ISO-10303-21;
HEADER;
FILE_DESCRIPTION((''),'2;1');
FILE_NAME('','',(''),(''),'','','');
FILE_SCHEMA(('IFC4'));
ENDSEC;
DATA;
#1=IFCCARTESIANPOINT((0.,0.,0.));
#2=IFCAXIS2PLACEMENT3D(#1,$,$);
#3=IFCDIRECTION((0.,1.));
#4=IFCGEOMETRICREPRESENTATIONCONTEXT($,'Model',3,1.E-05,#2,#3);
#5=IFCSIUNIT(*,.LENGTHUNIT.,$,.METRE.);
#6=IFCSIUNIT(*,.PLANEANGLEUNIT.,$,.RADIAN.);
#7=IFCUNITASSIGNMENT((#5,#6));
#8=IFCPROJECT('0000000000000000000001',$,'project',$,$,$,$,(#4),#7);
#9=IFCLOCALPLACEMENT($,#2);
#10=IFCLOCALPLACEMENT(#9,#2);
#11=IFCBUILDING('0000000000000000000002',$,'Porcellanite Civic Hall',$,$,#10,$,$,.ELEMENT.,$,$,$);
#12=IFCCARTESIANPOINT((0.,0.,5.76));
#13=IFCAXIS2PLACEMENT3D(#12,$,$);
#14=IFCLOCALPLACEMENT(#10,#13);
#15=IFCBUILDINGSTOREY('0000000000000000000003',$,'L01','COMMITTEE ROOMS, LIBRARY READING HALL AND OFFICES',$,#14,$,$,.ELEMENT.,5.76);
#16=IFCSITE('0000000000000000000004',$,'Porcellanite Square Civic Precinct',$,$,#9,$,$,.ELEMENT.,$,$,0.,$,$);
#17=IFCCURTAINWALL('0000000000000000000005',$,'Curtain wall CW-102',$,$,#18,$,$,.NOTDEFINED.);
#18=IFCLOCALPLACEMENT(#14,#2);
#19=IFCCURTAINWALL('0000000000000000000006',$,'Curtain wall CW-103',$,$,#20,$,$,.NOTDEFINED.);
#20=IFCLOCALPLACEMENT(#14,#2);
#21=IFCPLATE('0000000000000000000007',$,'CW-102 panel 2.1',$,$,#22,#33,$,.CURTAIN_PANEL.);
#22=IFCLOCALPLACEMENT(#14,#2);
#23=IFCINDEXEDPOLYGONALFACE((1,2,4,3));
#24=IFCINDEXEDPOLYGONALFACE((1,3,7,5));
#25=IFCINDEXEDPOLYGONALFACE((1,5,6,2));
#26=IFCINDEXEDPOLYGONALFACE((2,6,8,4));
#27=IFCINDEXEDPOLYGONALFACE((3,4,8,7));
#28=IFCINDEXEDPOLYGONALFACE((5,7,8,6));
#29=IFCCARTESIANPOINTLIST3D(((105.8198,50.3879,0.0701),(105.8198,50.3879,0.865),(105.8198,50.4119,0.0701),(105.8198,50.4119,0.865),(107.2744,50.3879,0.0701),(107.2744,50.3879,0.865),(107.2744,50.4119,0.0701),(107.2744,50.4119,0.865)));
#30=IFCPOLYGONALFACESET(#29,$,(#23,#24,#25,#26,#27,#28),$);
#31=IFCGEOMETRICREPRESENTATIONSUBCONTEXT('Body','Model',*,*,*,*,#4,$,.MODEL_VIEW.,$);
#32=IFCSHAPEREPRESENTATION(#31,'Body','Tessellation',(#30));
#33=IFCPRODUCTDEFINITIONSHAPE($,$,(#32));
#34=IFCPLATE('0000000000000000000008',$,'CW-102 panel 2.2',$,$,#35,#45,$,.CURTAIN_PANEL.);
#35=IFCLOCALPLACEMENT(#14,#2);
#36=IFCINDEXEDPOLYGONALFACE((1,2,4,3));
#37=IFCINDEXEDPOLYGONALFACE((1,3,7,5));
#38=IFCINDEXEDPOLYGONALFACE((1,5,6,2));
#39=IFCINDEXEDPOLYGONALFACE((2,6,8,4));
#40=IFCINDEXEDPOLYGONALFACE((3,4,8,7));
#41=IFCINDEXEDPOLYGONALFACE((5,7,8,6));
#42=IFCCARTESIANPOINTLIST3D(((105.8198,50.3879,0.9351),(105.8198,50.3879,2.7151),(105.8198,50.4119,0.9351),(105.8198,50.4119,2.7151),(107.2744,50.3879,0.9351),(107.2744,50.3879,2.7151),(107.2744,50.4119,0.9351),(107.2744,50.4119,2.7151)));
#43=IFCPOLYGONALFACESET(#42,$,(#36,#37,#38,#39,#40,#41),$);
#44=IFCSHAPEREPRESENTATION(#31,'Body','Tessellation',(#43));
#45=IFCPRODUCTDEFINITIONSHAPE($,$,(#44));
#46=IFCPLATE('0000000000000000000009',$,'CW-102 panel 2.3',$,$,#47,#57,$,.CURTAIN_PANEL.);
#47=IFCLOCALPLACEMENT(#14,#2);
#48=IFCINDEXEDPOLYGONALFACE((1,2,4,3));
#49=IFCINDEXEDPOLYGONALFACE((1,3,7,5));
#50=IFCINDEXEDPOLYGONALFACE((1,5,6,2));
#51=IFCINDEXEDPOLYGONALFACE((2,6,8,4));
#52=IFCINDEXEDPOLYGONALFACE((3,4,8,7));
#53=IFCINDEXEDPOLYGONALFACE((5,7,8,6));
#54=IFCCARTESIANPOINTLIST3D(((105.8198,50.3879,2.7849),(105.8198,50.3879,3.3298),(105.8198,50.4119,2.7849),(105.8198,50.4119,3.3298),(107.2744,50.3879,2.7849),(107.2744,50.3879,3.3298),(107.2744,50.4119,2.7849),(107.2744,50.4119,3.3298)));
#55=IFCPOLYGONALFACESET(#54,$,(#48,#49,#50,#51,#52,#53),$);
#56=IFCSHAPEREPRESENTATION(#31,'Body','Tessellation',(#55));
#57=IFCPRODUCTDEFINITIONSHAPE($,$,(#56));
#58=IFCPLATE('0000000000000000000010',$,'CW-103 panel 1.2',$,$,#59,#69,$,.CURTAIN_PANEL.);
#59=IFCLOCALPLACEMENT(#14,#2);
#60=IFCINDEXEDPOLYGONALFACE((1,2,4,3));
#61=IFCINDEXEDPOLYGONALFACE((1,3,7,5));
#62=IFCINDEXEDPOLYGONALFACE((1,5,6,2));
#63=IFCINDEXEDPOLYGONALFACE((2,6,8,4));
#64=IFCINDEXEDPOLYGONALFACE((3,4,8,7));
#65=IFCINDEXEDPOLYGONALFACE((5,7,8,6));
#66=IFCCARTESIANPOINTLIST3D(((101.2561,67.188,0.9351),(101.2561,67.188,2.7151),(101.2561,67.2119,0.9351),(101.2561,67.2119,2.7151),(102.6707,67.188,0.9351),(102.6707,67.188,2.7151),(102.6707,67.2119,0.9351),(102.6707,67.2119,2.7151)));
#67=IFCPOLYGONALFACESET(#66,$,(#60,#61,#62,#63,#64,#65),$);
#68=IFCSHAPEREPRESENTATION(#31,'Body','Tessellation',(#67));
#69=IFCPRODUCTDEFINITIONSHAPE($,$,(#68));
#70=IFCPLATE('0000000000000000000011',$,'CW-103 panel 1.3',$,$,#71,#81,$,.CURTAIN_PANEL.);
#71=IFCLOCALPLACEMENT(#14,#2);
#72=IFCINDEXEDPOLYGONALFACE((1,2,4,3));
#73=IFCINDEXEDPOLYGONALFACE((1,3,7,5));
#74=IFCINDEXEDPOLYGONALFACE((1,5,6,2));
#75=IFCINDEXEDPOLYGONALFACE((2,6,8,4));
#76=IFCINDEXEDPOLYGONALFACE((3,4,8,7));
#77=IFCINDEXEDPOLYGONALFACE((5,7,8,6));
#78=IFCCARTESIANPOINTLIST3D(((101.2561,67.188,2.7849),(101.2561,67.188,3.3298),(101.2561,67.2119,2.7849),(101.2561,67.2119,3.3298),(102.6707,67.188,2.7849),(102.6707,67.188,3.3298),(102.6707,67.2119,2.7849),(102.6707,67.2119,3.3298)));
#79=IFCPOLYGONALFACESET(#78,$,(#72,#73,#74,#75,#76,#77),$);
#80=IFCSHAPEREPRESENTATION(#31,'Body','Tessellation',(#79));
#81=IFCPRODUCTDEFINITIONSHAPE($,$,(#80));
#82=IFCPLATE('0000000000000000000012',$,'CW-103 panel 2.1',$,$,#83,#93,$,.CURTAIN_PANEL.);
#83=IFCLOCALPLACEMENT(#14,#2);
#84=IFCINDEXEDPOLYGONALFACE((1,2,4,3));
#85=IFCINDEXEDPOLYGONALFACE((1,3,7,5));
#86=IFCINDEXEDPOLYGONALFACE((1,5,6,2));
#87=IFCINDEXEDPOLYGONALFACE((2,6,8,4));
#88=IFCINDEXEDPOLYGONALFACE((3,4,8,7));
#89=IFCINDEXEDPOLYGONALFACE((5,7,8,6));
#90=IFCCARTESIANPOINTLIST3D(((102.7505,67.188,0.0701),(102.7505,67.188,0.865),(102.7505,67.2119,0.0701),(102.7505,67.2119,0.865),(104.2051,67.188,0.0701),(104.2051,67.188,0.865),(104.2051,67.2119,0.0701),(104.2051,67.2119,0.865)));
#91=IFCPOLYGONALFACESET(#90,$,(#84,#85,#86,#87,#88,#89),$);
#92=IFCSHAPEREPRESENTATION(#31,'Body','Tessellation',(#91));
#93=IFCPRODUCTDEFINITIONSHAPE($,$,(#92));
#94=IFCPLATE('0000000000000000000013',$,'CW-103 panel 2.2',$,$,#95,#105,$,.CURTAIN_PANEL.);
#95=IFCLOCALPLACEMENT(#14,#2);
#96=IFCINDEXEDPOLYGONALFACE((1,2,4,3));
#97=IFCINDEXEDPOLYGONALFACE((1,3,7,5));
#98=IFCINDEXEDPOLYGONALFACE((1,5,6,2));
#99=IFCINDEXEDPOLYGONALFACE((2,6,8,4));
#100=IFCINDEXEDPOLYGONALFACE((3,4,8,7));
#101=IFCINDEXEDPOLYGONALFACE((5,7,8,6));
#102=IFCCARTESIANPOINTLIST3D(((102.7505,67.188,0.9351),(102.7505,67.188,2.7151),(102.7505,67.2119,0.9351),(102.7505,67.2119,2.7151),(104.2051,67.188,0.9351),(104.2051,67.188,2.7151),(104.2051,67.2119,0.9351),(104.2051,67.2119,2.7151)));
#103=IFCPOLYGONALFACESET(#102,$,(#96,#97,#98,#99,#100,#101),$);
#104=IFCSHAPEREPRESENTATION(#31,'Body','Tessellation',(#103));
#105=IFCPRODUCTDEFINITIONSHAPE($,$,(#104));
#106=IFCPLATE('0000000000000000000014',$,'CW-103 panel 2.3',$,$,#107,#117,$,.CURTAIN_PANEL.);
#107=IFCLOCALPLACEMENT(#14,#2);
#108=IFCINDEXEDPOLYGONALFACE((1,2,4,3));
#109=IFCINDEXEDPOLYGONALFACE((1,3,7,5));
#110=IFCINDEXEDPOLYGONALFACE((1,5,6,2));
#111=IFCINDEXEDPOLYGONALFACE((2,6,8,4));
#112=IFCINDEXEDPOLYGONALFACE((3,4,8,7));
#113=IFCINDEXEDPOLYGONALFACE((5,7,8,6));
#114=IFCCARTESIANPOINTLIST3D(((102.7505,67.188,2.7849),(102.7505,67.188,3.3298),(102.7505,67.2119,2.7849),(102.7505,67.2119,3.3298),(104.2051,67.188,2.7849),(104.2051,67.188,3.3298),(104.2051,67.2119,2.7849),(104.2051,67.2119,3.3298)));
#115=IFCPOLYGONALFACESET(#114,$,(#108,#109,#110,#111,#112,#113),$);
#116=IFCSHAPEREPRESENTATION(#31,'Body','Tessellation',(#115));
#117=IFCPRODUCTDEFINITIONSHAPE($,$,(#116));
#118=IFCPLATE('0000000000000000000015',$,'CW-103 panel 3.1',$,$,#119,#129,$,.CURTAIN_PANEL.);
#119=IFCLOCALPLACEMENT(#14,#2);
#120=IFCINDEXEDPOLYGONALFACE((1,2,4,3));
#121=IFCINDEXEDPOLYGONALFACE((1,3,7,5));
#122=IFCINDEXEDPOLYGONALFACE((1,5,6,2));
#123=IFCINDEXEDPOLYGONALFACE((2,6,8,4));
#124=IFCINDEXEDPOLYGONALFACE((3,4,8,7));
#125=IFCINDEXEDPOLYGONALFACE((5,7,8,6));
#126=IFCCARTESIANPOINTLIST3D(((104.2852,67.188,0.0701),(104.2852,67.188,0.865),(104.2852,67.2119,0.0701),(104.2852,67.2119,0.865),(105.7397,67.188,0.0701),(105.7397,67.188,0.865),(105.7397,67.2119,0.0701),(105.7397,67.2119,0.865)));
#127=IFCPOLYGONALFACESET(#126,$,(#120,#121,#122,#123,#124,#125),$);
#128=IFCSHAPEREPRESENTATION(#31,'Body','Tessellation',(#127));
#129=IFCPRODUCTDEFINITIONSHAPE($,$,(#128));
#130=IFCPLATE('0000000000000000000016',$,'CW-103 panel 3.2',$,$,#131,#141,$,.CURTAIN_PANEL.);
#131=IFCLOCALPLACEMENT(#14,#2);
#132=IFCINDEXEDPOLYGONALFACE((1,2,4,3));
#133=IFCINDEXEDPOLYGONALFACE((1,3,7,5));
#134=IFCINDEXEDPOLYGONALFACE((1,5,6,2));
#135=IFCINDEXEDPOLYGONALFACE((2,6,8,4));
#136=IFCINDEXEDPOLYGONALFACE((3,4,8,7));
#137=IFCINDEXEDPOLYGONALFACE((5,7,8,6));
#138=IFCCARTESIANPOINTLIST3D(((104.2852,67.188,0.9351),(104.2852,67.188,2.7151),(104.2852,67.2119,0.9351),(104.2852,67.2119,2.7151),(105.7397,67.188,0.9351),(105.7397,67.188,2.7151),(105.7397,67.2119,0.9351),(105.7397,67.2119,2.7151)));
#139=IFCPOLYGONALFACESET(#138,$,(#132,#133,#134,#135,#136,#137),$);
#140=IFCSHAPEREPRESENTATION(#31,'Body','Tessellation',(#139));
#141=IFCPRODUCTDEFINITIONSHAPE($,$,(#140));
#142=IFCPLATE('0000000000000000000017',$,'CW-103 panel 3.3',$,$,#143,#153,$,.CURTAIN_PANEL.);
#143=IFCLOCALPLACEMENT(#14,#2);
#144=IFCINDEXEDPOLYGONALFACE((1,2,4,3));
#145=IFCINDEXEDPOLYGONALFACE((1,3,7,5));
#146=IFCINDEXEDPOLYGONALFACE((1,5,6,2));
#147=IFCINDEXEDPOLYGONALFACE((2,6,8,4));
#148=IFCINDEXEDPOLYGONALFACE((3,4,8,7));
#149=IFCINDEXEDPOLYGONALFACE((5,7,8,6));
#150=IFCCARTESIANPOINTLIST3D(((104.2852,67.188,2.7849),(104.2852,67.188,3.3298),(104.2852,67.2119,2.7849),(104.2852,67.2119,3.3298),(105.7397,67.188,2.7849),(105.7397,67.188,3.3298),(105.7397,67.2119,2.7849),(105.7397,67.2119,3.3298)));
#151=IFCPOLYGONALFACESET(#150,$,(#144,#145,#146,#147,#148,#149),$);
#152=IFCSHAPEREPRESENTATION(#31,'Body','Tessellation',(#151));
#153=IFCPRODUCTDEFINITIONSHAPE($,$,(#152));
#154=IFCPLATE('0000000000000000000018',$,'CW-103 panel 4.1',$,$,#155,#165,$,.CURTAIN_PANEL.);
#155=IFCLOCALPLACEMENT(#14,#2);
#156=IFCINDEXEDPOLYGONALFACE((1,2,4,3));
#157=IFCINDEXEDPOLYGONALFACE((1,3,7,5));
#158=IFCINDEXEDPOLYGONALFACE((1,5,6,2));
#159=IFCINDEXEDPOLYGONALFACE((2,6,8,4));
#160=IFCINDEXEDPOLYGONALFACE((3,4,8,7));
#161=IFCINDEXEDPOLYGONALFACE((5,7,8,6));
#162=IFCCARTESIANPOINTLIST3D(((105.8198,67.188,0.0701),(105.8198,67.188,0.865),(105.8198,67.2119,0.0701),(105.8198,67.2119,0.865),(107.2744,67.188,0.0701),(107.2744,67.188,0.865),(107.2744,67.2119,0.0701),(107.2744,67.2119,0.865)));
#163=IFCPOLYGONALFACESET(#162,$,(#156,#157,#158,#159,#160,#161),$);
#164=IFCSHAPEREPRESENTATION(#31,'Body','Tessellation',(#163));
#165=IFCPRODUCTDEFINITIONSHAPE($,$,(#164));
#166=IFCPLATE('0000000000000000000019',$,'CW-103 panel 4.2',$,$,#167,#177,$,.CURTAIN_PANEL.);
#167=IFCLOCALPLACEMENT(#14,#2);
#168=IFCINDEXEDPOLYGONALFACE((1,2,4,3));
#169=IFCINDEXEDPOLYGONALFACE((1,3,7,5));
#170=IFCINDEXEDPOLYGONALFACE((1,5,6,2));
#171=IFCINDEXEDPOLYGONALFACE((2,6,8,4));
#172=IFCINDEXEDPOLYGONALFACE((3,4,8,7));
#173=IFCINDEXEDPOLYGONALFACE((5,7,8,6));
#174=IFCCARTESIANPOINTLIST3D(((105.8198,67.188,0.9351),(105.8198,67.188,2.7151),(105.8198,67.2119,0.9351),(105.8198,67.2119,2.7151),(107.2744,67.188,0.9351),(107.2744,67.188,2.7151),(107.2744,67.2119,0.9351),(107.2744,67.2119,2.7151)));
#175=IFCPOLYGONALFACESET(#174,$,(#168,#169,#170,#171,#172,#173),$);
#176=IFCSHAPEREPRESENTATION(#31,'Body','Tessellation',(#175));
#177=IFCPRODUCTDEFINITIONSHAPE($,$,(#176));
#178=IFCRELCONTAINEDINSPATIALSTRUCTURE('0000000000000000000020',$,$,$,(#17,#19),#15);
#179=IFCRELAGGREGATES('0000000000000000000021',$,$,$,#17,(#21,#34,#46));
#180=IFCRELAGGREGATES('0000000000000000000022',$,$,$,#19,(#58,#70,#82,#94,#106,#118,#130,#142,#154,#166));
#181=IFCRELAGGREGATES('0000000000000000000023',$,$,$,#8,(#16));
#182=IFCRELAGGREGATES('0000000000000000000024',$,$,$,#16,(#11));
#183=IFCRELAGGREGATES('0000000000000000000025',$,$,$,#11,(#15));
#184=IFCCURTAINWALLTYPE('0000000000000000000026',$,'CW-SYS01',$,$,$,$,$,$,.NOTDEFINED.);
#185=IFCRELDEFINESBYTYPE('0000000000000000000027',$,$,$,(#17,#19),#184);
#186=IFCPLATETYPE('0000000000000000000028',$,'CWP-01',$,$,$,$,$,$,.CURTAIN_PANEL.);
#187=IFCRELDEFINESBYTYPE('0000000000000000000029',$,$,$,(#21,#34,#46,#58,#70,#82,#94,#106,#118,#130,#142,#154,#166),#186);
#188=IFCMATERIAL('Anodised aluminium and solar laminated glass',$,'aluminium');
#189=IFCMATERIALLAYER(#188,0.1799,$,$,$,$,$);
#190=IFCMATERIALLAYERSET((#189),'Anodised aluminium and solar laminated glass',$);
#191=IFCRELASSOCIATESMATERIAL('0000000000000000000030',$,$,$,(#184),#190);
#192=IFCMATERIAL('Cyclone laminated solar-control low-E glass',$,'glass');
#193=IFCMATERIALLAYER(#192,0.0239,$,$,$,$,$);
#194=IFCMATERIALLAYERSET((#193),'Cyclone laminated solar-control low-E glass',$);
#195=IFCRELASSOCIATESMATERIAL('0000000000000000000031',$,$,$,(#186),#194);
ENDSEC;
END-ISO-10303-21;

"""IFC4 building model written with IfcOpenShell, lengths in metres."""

from ifc_helpers import new_model, si_unit, direction, frame, origin, origin_2d, place, context, subcontext, project, spatial, rectangle, extrude, material, layer, layer_set, type_object, element, aggregate, save


model = new_model("IFC4")

# Units and contexts
model_context = context("Model", 3, precision=1e-05, world=origin(), true_north=direction((0.0, 1.0)))
body_context = subcontext(model_context, "Body", "Model", "MODEL_VIEW")
ifc_project = project(units=[si_unit("LENGTHUNIT", "METRE"), si_unit("PLANEANGLEUNIT", "RADIAN")], contexts=[model_context])

# Site, building, storey
site_placement = place(None, origin())
site = spatial("IfcSite", under=ifc_project, at=site_placement, Name="Porcellanite Square Civic Precinct", CompositionType="ELEMENT", RefElevation=0.0)
building_placement = place(site_placement, origin())
building = spatial("IfcBuilding", under=site, at=building_placement, Name="Porcellanite Civic Hall", CompositionType="ELEMENT")
storey_placement = place(building_placement, frame((0.0, 0.0, 5.76)))
storey = spatial("IfcBuildingStorey", under=building, at=storey_placement, Name="L01", Description="COMMITTEE ROOMS, LIBRARY READING HALL AND OFFICES", CompositionType="ELEMENT", Elevation=5.76)

# Curtain wall
ifc_material_1 = material(Name="Anodised aluminium and solar laminated glass", Category="aluminium")
ifc_layer_1 = layer(ifc_material_1, 0.1799)
ifc_layer_set_1 = layer_set([ifc_layer_1], Name="Anodised aluminium and solar laminated glass")
curtain_wall_type = type_object("IfcCurtainWallType", Name="CW-SYS01", PredefinedType="NOTDEFINED", material=ifc_layer_set_1)
curtain_wall_1_placement = place(storey_placement, origin())
curtain_wall_1 = element("IfcCurtainWall", 1, at=curtain_wall_1_placement, inside=storey, type_object=curtain_wall_type, Name="Curtain wall CW-102", PredefinedType="NOTDEFINED")

# Curtain wall
curtain_wall_2_placement = place(storey_placement, origin())
curtain_wall_2 = element("IfcCurtainWall", 2, at=curtain_wall_2_placement, inside=storey, type_object=curtain_wall_type, Name="Curtain wall CW-103", PredefinedType="NOTDEFINED")

# Plates
ifc_material_2 = material(Name="Cyclone laminated solar-control low-E glass", Category="glass")
ifc_layer_2 = layer(ifc_material_2, 0.0239)
ifc_layer_set_2 = layer_set([ifc_layer_2], Name="Cyclone laminated solar-control low-E glass")
plate_type = type_object("IfcPlateType", Name="CWP-01", PredefinedType="CURTAIN_PANEL", material=ifc_layer_set_2)
plate_1_placement = place(storey_placement, frame((106.5471, 50.3999, 0.0701), z_axis=(0.0, 0.0, 1.0), x_axis=(-1.0, 0.0, 0.0)))
plate_1 = element("IfcPlate", 3, at=plate_1_placement, type_object=plate_type, Name="CW-102 panel 2.1", PredefinedType="CURTAIN_PANEL", context=body_context, shape_type="SweptSolid", body=[
    extrude(rectangle(XDim=1.4546, YDim=0.0239, at=origin_2d()), origin(), (0.0, 0.0, 1.0), 0.7949),
])
plate_2_placement = place(storey_placement, frame((106.5471, 50.3999, 0.9351), z_axis=(0.0, 0.0, 1.0), x_axis=(-1.0, 0.0, 0.0)))
plate_2 = element("IfcPlate", 4, at=plate_2_placement, type_object=plate_type, Name="CW-102 panel 2.2", PredefinedType="CURTAIN_PANEL", context=body_context, shape_type="SweptSolid", body=[
    extrude(rectangle(XDim=1.4546, YDim=0.0239, at=origin_2d()), origin(), (0.0, 0.0, 1.0), 1.78),
])
plate_3_placement = place(storey_placement, frame((106.5471, 50.3999, 2.7849), z_axis=(0.0, 0.0, 1.0), x_axis=(-1.0, 0.0, 0.0)))
plate_3 = element("IfcPlate", 5, at=plate_3_placement, type_object=plate_type, Name="CW-102 panel 2.3", PredefinedType="CURTAIN_PANEL", context=body_context, shape_type="SweptSolid", body=[
    extrude(rectangle(XDim=1.4546, YDim=0.0239, at=origin_2d()), origin(), (0.0, 0.0, 1.0), 0.5449),
])
aggregate(curtain_wall_1, [plate_1, plate_2, plate_3])
plate_4_placement = place(storey_placement, frame((101.9634, 67.2, 0.9351), z_axis=(0.0, 0.0, 1.0), x_axis=(1.0, 0.0, 0.0)))
plate_4 = element("IfcPlate", 6, at=plate_4_placement, type_object=plate_type, Name="CW-103 panel 1.2", PredefinedType="CURTAIN_PANEL", context=body_context, shape_type="SweptSolid", body=[
    extrude(rectangle(XDim=1.4146, YDim=0.0239, at=origin_2d()), origin(), (0.0, 0.0, 1.0), 1.78),
])
plate_5_placement = place(storey_placement, frame((101.9634, 67.2, 2.7849), z_axis=(0.0, 0.0, 1.0), x_axis=(1.0, 0.0, 0.0)))
plate_5 = element("IfcPlate", 7, at=plate_5_placement, type_object=plate_type, Name="CW-103 panel 1.3", PredefinedType="CURTAIN_PANEL", context=body_context, shape_type="SweptSolid", body=[
    extrude(rectangle(XDim=1.4146, YDim=0.0239, at=origin_2d()), origin(), (0.0, 0.0, 1.0), 0.5449),
])
plate_6_placement = place(storey_placement, frame((103.4778, 67.2, 0.0701), z_axis=(0.0, 0.0, 1.0), x_axis=(1.0, 0.0, 0.0)))
plate_6 = element("IfcPlate", 8, at=plate_6_placement, type_object=plate_type, Name="CW-103 panel 2.1", PredefinedType="CURTAIN_PANEL", context=body_context, shape_type="SweptSolid", body=[
    extrude(rectangle(XDim=1.4546, YDim=0.0239, at=origin_2d()), origin(), (0.0, 0.0, 1.0), 0.7949),
])
plate_7_placement = place(storey_placement, frame((103.4778, 67.2, 0.9351), z_axis=(0.0, 0.0, 1.0), x_axis=(1.0, 0.0, 0.0)))
plate_7 = element("IfcPlate", 9, at=plate_7_placement, type_object=plate_type, Name="CW-103 panel 2.2", PredefinedType="CURTAIN_PANEL", context=body_context, shape_type="SweptSolid", body=[
    extrude(rectangle(XDim=1.4546, YDim=0.0239, at=origin_2d()), origin(), (0.0, 0.0, 1.0), 1.78),
])
plate_8_placement = place(storey_placement, frame((103.4778, 67.2, 2.7849), z_axis=(0.0, 0.0, 1.0), x_axis=(1.0, 0.0, 0.0)))
plate_8 = element("IfcPlate", 10, at=plate_8_placement, type_object=plate_type, Name="CW-103 panel 2.3", PredefinedType="CURTAIN_PANEL", context=body_context, shape_type="SweptSolid", body=[
    extrude(rectangle(XDim=1.4546, YDim=0.0239, at=origin_2d()), origin(), (0.0, 0.0, 1.0), 0.5449),
])
plate_9_placement = place(storey_placement, frame((105.0125, 67.2, 0.0701), z_axis=(0.0, 0.0, 1.0), x_axis=(1.0, 0.0, 0.0)))
plate_9 = element("IfcPlate", 11, at=plate_9_placement, type_object=plate_type, Name="CW-103 panel 3.1", PredefinedType="CURTAIN_PANEL", context=body_context, shape_type="SweptSolid", body=[
    extrude(rectangle(XDim=1.4546, YDim=0.0239, at=origin_2d()), origin(), (0.0, 0.0, 1.0), 0.7949),
])
plate_10_placement = place(storey_placement, frame((105.0125, 67.2, 0.9351), z_axis=(0.0, 0.0, 1.0), x_axis=(1.0, 0.0, 0.0)))
plate_10 = element("IfcPlate", 12, at=plate_10_placement, type_object=plate_type, Name="CW-103 panel 3.2", PredefinedType="CURTAIN_PANEL", context=body_context, shape_type="SweptSolid", body=[
    extrude(rectangle(XDim=1.4546, YDim=0.0239, at=origin_2d()), origin(), (0.0, 0.0, 1.0), 1.78),
])
plate_11_placement = place(storey_placement, frame((105.0125, 67.2, 2.7849), z_axis=(0.0, 0.0, 1.0), x_axis=(1.0, 0.0, 0.0)))
plate_11 = element("IfcPlate", 13, at=plate_11_placement, type_object=plate_type, Name="CW-103 panel 3.3", PredefinedType="CURTAIN_PANEL", context=body_context, shape_type="SweptSolid", body=[
    extrude(rectangle(XDim=1.4546, YDim=0.0239, at=origin_2d()), origin(), (0.0, 0.0, 1.0), 0.5449),
])
plate_12_placement = place(storey_placement, frame((106.5471, 67.2, 0.0701), z_axis=(0.0, 0.0, 1.0), x_axis=(1.0, 0.0, 0.0)))
plate_12 = element("IfcPlate", 14, at=plate_12_placement, type_object=plate_type, Name="CW-103 panel 4.1", PredefinedType="CURTAIN_PANEL", context=body_context, shape_type="SweptSolid", body=[
    extrude(rectangle(XDim=1.4546, YDim=0.0239, at=origin_2d()), origin(), (0.0, 0.0, 1.0), 0.7949),
])
plate_13_placement = place(storey_placement, frame((106.5471, 67.2, 0.9351), z_axis=(0.0, 0.0, 1.0), x_axis=(1.0, 0.0, 0.0)))
plate_13 = element("IfcPlate", 15, at=plate_13_placement, type_object=plate_type, Name="CW-103 panel 4.2", PredefinedType="CURTAIN_PANEL", context=body_context, shape_type="SweptSolid", body=[
    extrude(rectangle(XDim=1.4546, YDim=0.0239, at=origin_2d()), origin(), (0.0, 0.0, 1.0), 1.78),
])
aggregate(curtain_wall_2, [plate_4, plate_5, plate_6, plate_7, plate_8, plate_9, plate_10, plate_11, plate_12, plate_13])

save(model, "model.ifc")
